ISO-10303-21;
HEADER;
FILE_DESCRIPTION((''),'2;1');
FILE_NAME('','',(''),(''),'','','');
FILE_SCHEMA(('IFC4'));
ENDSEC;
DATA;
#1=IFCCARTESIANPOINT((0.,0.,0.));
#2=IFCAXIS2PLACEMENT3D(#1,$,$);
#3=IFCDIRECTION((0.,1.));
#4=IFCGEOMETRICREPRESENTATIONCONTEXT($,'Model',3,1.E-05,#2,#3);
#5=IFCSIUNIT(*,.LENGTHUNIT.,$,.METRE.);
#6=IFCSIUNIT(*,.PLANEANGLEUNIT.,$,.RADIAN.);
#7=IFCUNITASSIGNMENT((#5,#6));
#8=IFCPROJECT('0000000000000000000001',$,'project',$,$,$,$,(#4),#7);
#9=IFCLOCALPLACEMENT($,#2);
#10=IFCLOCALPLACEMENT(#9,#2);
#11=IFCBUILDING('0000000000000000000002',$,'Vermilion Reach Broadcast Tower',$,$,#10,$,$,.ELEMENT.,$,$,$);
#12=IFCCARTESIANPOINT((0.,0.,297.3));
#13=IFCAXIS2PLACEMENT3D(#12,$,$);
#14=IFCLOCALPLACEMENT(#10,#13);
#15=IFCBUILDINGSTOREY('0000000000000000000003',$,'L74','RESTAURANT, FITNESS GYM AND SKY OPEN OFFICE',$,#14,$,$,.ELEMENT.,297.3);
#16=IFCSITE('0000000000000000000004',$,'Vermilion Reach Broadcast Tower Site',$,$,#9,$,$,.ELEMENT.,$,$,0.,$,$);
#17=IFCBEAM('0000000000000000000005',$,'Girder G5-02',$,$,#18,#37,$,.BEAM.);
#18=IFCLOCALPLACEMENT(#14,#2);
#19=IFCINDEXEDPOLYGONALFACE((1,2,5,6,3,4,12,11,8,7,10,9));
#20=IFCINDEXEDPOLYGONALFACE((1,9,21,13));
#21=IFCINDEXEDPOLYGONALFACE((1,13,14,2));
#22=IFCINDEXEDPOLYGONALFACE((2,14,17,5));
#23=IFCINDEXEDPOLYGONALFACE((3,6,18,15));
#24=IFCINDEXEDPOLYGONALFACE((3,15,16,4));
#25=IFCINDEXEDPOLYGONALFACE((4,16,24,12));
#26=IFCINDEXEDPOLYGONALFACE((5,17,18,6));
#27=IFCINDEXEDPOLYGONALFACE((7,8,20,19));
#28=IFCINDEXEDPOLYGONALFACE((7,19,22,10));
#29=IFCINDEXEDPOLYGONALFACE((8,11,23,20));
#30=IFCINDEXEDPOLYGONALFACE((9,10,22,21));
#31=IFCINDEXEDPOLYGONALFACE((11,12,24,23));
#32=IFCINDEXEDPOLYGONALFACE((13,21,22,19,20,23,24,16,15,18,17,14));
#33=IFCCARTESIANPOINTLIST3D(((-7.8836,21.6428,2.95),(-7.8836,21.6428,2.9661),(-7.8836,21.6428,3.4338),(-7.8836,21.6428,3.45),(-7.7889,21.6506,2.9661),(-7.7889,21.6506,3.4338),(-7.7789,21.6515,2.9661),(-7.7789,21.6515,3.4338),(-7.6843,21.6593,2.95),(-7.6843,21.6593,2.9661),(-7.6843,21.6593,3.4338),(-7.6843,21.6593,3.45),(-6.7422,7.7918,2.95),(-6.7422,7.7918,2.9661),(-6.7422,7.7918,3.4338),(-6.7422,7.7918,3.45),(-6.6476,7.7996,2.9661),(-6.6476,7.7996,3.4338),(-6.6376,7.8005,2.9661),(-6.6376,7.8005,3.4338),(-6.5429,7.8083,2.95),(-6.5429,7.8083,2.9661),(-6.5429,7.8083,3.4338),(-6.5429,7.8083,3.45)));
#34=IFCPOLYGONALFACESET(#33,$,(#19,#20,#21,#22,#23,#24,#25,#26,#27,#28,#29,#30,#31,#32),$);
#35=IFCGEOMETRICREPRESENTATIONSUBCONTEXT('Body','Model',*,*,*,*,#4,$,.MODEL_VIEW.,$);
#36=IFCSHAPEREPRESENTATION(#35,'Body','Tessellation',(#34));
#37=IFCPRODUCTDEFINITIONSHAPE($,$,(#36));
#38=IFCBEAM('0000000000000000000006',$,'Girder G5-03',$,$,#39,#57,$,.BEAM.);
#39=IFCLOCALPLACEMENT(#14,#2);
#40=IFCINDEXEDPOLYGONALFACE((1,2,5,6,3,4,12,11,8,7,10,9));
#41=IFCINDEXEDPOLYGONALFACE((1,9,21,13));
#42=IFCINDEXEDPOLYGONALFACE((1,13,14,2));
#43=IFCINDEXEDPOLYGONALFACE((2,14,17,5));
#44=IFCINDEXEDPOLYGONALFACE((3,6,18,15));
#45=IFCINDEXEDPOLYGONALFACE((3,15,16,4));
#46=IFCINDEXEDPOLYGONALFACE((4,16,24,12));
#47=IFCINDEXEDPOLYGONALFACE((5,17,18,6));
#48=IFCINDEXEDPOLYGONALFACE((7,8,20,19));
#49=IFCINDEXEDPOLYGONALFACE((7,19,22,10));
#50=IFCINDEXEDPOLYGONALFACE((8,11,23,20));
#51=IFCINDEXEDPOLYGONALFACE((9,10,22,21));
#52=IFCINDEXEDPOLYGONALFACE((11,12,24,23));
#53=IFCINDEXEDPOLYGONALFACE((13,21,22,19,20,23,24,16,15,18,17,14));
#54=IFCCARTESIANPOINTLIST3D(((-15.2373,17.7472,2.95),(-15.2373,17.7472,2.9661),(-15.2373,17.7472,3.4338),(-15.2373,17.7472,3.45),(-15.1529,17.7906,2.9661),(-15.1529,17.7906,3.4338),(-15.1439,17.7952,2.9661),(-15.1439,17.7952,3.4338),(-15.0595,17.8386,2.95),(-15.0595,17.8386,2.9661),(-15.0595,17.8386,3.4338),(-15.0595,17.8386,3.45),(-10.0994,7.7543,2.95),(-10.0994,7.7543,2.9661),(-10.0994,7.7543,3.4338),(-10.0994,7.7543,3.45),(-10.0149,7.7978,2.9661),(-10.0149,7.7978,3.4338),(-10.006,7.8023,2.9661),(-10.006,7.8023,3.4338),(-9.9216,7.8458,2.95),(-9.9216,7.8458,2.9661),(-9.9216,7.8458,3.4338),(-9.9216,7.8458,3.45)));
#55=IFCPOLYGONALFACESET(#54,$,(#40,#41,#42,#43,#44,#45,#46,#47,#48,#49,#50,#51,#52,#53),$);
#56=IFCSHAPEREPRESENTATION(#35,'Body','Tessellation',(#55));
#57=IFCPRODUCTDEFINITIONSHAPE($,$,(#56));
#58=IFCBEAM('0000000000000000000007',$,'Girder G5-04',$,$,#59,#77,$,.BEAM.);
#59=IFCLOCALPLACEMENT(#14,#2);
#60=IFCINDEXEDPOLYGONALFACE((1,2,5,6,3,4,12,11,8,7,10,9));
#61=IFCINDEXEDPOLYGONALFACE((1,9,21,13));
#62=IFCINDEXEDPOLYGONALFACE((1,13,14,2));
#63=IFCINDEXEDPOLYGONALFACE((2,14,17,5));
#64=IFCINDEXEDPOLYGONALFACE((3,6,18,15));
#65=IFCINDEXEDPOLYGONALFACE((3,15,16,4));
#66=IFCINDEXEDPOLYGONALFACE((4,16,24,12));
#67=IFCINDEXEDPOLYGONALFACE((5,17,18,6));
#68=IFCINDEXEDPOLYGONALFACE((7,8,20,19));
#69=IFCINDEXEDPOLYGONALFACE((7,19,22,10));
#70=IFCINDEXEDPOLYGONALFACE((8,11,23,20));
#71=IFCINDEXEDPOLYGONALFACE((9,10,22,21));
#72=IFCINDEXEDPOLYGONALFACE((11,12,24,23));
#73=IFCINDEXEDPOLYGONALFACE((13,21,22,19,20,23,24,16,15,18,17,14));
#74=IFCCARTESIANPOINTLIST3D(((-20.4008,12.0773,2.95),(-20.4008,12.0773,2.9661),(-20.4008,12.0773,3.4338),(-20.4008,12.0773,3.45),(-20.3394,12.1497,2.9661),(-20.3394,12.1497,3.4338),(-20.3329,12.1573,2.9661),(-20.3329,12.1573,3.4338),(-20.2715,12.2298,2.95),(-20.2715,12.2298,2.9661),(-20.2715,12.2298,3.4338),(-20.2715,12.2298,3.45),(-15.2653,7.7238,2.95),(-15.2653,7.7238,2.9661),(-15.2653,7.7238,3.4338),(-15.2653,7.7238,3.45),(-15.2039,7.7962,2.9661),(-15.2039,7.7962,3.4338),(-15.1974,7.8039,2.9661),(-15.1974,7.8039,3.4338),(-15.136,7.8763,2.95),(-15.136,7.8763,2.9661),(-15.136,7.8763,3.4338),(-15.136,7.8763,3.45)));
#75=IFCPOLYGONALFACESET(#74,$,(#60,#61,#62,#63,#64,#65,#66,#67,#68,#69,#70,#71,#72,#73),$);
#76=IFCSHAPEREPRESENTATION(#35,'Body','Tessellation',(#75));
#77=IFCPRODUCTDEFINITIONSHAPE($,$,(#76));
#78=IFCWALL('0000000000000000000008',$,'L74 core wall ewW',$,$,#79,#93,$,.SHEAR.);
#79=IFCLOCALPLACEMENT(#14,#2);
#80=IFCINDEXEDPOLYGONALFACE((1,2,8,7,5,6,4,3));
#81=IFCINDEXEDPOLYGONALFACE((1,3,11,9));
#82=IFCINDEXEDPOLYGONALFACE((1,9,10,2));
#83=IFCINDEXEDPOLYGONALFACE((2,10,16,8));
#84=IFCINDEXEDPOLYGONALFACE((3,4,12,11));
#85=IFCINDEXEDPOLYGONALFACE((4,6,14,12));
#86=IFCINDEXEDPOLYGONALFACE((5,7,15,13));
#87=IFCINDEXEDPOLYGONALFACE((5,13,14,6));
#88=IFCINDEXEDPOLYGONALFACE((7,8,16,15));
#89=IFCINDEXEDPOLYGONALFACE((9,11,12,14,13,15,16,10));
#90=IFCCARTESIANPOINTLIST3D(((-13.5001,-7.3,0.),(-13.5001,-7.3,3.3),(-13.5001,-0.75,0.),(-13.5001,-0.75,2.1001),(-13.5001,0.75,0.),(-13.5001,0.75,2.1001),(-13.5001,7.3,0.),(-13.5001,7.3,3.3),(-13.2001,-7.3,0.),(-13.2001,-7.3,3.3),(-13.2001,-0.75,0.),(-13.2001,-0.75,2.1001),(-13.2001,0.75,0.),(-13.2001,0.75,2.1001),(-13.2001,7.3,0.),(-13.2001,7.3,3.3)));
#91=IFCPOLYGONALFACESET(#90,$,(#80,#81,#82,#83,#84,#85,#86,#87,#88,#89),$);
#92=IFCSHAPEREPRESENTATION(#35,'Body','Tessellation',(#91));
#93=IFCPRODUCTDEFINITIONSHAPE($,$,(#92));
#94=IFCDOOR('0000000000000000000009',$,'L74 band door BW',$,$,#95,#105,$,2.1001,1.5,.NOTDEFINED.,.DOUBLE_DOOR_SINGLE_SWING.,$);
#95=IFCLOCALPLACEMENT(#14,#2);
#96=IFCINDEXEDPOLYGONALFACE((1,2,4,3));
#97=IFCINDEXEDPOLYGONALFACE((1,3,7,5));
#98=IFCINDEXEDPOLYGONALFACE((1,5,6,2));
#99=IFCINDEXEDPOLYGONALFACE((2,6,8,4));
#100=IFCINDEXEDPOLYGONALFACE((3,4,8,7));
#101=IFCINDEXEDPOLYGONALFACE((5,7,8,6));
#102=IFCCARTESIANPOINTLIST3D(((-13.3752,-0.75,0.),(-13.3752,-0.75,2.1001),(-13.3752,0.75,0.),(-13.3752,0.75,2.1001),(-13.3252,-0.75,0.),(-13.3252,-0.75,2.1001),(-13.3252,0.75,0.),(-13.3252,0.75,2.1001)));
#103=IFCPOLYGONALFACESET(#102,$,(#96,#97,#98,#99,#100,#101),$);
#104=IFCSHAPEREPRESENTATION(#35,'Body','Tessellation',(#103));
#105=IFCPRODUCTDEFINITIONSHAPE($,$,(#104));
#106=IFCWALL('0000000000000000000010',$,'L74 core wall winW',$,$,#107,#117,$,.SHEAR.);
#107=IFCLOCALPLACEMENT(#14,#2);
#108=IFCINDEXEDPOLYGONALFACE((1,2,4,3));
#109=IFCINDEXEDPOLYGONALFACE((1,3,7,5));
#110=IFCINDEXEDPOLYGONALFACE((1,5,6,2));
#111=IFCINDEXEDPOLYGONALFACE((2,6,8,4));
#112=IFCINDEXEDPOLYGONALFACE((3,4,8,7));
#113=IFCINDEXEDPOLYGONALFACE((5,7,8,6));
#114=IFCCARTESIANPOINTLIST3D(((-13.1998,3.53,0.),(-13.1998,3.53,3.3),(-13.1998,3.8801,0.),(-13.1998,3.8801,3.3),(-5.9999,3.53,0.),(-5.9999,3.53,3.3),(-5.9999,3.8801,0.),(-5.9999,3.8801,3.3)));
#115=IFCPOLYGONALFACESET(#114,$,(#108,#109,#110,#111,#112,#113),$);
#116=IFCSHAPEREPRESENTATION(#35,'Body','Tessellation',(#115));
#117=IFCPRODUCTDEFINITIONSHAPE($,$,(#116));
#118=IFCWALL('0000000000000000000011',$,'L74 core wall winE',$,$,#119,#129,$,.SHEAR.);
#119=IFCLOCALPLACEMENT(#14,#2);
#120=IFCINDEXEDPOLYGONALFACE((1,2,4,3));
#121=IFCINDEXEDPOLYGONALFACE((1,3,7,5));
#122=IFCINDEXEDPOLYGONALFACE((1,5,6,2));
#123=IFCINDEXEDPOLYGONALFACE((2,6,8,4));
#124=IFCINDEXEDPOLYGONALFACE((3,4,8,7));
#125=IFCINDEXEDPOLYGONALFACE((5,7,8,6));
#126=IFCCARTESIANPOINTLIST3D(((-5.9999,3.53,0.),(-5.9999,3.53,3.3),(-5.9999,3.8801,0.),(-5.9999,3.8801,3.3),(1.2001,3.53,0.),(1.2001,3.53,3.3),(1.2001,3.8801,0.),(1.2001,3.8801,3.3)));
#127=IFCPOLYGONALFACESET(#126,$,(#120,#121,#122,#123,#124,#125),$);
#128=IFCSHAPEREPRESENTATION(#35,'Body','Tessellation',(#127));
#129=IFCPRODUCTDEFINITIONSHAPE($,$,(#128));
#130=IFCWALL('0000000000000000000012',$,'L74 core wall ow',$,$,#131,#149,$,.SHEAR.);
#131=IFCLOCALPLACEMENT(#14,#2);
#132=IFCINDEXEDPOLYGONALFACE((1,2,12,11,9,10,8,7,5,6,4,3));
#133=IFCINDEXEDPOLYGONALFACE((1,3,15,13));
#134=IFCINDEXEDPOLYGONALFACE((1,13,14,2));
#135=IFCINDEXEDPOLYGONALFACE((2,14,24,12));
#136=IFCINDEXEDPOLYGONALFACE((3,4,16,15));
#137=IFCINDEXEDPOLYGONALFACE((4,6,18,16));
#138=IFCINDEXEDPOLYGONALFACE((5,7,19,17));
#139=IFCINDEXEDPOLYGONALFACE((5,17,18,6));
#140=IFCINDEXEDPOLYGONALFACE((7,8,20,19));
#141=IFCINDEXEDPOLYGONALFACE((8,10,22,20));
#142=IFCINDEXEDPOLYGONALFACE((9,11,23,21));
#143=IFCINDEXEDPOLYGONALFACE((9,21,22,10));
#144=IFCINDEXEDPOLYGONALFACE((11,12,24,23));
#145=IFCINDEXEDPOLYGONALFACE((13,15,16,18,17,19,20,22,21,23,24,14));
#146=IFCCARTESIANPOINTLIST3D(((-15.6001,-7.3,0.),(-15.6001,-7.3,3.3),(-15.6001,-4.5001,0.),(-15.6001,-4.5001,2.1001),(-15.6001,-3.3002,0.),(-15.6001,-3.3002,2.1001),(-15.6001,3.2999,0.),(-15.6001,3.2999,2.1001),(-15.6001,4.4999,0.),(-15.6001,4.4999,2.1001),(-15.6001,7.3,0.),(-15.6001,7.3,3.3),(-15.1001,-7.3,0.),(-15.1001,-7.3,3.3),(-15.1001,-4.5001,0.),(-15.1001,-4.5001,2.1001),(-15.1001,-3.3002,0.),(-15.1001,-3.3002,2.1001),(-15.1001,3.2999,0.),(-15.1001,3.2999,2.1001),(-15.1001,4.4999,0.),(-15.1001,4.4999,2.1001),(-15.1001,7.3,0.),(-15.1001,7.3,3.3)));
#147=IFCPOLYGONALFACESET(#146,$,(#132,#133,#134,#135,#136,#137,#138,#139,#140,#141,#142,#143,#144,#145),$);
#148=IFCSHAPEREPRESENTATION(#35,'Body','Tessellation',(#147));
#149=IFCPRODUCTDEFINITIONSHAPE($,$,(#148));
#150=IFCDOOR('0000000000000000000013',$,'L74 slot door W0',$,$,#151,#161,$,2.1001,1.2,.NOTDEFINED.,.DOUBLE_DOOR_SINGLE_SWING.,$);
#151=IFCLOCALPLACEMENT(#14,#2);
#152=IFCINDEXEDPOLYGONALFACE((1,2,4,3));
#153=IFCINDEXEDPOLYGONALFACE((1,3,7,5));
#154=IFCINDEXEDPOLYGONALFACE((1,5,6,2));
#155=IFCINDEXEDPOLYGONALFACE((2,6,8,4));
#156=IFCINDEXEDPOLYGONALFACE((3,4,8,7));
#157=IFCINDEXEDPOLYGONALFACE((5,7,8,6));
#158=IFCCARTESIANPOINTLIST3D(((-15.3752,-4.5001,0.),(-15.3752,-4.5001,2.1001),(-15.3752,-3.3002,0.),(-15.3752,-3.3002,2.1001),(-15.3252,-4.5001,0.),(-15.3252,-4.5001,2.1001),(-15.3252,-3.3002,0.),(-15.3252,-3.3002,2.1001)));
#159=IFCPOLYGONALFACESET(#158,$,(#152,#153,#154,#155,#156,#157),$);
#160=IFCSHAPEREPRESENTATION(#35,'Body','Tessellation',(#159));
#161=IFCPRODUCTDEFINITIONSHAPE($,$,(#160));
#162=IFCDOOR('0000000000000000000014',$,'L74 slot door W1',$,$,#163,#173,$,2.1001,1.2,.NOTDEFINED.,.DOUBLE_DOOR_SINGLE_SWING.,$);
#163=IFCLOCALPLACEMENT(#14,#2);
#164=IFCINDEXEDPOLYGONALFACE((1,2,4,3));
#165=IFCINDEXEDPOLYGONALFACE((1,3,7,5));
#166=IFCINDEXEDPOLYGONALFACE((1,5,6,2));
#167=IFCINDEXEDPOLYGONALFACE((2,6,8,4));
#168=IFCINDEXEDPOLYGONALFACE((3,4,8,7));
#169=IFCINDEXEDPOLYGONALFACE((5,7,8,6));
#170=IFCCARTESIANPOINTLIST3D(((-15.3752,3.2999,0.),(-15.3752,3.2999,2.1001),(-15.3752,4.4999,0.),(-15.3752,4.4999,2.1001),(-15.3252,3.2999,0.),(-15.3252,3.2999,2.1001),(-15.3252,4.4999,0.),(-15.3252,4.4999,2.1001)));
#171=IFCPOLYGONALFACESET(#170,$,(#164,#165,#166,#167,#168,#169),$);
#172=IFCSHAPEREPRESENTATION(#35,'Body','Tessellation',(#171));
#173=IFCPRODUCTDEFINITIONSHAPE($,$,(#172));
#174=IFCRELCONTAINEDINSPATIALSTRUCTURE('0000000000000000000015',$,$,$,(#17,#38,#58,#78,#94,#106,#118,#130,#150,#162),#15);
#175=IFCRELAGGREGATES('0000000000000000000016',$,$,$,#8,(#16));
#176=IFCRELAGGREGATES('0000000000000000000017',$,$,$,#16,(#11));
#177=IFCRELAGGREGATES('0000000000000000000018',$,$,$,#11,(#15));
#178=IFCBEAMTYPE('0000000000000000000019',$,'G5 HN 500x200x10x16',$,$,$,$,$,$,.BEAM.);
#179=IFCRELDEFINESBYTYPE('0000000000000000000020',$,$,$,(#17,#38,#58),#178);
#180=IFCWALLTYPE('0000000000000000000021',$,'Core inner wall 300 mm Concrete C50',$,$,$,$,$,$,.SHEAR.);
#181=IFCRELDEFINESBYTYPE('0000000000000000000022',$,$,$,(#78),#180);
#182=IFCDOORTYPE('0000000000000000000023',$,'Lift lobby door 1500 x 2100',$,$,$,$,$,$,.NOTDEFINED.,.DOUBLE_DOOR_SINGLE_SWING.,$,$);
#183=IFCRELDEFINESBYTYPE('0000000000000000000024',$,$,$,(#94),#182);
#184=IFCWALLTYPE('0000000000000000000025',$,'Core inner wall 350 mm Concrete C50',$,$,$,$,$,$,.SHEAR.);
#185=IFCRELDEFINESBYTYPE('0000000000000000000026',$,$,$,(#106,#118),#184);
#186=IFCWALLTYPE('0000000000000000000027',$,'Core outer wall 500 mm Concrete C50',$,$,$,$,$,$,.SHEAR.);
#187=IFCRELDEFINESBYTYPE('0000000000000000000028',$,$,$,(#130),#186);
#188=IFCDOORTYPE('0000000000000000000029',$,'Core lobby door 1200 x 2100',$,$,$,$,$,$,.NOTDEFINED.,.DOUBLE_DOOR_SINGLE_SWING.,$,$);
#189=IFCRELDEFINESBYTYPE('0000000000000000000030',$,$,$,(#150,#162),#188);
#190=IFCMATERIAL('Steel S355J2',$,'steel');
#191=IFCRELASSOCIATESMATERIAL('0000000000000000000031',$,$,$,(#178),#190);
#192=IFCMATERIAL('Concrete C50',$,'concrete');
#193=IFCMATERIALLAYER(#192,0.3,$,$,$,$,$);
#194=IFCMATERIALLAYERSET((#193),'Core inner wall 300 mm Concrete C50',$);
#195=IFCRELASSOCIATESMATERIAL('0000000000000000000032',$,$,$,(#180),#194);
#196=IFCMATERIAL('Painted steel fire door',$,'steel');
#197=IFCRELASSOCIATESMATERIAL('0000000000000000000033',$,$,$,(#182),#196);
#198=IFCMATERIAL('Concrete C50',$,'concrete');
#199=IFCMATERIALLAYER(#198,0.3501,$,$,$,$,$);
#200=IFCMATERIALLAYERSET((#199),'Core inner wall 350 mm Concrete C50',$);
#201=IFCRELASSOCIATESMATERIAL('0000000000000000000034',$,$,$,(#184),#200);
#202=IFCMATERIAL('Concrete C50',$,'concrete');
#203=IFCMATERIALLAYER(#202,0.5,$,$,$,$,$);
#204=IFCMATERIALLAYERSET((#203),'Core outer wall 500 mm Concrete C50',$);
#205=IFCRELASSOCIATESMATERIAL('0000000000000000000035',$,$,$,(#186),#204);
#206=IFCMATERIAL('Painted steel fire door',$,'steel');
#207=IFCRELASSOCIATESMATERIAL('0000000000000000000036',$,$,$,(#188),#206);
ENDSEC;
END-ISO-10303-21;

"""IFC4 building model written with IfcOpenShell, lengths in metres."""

from ifc_helpers import new_model, si_unit, direction, frame, frame_2d, origin, origin_2d, place, context, subcontext, project, spatial, rectangle, i_section, extrude, material, layer, layer_set, material_profile, profile_set, type_object, element, fill, save


model = new_model("IFC4")

# Units and contexts
model_context = context("Model", 3, precision=1e-05, world=origin(), true_north=direction((0.0, 1.0)))
body_context = subcontext(model_context, "Body", "Model", "MODEL_VIEW")
ifc_project = project(units=[si_unit("LENGTHUNIT", "METRE"), si_unit("PLANEANGLEUNIT", "RADIAN")], contexts=[model_context])

# Site, building, storey
site_placement = place(None, origin())
site = spatial("IfcSite", under=ifc_project, at=site_placement, Name="Vermilion Reach Broadcast Tower Site", CompositionType="ELEMENT", RefElevation=0.0)
building_placement = place(site_placement, origin())
building = spatial("IfcBuilding", under=site, at=building_placement, Name="Vermilion Reach Broadcast Tower", CompositionType="ELEMENT")
storey_placement = place(building_placement, frame((0.0, 0.0, 297.3)))
storey = spatial("IfcBuildingStorey", under=building, at=storey_placement, Name="L74", Description="RESTAURANT, FITNESS GYM AND SKY OPEN OFFICE", CompositionType="ELEMENT", Elevation=297.3)

# Beams
ifc_material_1 = material(Name="Steel S355J2", Category="steel")
ifc_material_profile = material_profile(ifc_material_1, i_section(OverallWidth=0.2, OverallDepth=0.5, WebThickness=0.01, FlangeThickness=0.0161, at=origin_2d()), Name="S355J2 HN 500x200x10x16")
ifc_profile_set = profile_set([ifc_material_profile], Name="Steel S355J2")
beam_type = type_object("IfcBeamType", Name="G5 HN 500x200x10x16", PredefinedType="BEAM", material=ifc_profile_set)
beam_1_placement = place(storey_placement, frame((-6.6426, 7.8, 3.2), z_axis=(-0.082124, 0.996622, 0.0), x_axis=(-0.996622, -0.082124, 0.0)))
element("IfcBeam", 1, at=beam_1_placement, inside=storey, type_object=beam_type, Name="Girder G5-02", PredefinedType="BEAM", context=body_context, shape_type="SweptSolid", body=[
    extrude(i_section(OverallWidth=0.2, OverallDepth=0.5, WebThickness=0.01, FlangeThickness=0.0161, at=origin_2d()), origin(), (0.0, 0.0, 1.0), 13.8979),
])
beam_2_placement = place(storey_placement, frame((-10.0105, 7.8, 3.2), z_axis=(-0.457258, 0.889334, 0.0), x_axis=(-0.889334, -0.457258, 0.0)))
element("IfcBeam", 2, at=beam_2_placement, inside=storey, type_object=beam_type, Name="Girder G5-03", PredefinedType="BEAM", context=body_context, shape_type="SweptSolid", body=[
    extrude(i_section(OverallWidth=0.2, OverallDepth=0.5, WebThickness=0.01, FlangeThickness=0.0161, at=origin_2d()), origin(), (0.0, 0.0, 1.0), 11.2363),
])
beam_3_placement = place(storey_placement, frame((-15.2007, 7.8, 3.2), z_axis=(-0.762793, 0.646643, 0.0), x_axis=(-0.646643, -0.762793, 0.0)))
element("IfcBeam", 3, at=beam_3_placement, inside=storey, type_object=beam_type, Name="Girder G5-04", PredefinedType="BEAM", context=body_context, shape_type="SweptSolid", body=[
    extrude(i_section(OverallWidth=0.2, OverallDepth=0.5, WebThickness=0.01, FlangeThickness=0.0161, at=origin_2d()), origin(), (0.0, 0.0, 1.0), 6.7324),
])

# Wall, opening, door
ifc_material_2 = material(Name="Concrete C50", Category="concrete")
ifc_layer_1 = layer(ifc_material_2, 0.3)
ifc_layer_set_1 = layer_set([ifc_layer_1], Name="Core inner wall 300 mm Concrete C50")
wall_type_1 = type_object("IfcWallType", Name="Core inner wall 300 mm Concrete C50", PredefinedType="SHEAR", material=ifc_layer_set_1)
wall_1_placement = place(storey_placement, frame((-13.3501, 7.3, 0.0), z_axis=(0.0, 0.0, 1.0), x_axis=(0.0, -1.0, 0.0)))
wall_1 = element("IfcWall", 4, at=wall_1_placement, inside=storey, type_object=wall_type_1, Name="L74 core wall ewW", PredefinedType="SHEAR", context=body_context, shape_type="SweptSolid", body=[
    extrude(rectangle(XDim=14.6001, YDim=0.3, at=frame_2d((7.3, 0.0))), origin(), (0.0, 0.0, 1.0), 3.3),
])
opening_1_placement = place(wall_1_placement, frame((6.55, 0.0, 0.0)))
opening_1 = element("IfcOpeningElement", 5, at=opening_1_placement, cuts=wall_1, PredefinedType="OPENING", context=body_context, shape_type="SweptSolid", body=[
    extrude(rectangle(XDim=1.5, YDim=2.1001, at=frame_2d((0.75, 1.05))), frame((0.0, 0.1599, 0.0), z_axis=(0.0, -1.0, 0.0), x_axis=(1.0, 0.0, 0.0)), (0.0, 0.0, 1.0), 0.3201),
])
ifc_material_3 = material(Name="Painted steel fire door", Category="steel")
door_type_1 = type_object("IfcDoorType", Name="Lift lobby door 1500 x 2100", OperationType="DOUBLE_DOOR_SINGLE_SWING", PredefinedType="NOTDEFINED", material=ifc_material_3)
door_1_placement = place(opening_1_placement, origin())
door_1 = element("IfcDoor", 6, at=door_1_placement, inside=storey, type_object=door_type_1, Name="L74 band door BW", OperationType="DOUBLE_DOOR_SINGLE_SWING", OverallHeight=2.1001, OverallWidth=1.5, PredefinedType="NOTDEFINED", context=body_context, shape_type="SweptSolid", body=[
    extrude(rectangle(XDim=1.5, YDim=2.1001, at=frame_2d((0.75, 1.05))), frame((0.0, 0.0249, 0.0), z_axis=(0.0, -1.0, 0.0), x_axis=(1.0, 0.0, 0.0)), (0.0, 0.0, 1.0), 0.05),
])
fill(opening_1, door_1)

# Walls
ifc_material_4 = material(Name="Concrete C50", Category="concrete")
ifc_layer_2 = layer(ifc_material_4, 0.3501)
ifc_layer_set_2 = layer_set([ifc_layer_2], Name="Core inner wall 350 mm Concrete C50")
wall_type_2 = type_object("IfcWallType", Name="Core inner wall 350 mm Concrete C50", PredefinedType="SHEAR", material=ifc_layer_set_2)
for number, where, z_axis, x_axis, name in (
    (7, (-13.2, 3.7051, 0.0), (0.0, 0.0, 1.0), (1.0, 0.0, 0.0), "L74 core wall winW"),
    (8, (-6.0, 3.7051, 0.0), (0.0, 0.0, 1.0), (1.0, 0.0, 0.0), "L74 core wall winE"),
):
    element("IfcWall", number, at=place(storey_placement, frame(where, z_axis=z_axis, x_axis=x_axis)), inside=storey, type_object=wall_type_2, Name=name, PredefinedType="SHEAR", context=body_context, shape_type="SweptSolid", body=[
        extrude(rectangle(XDim=7.2, YDim=0.3501, at=frame_2d((3.6001, 0.0))), origin(), (0.0, 0.0, 1.0), 3.3),
    ])

# Wall, openings, doors
ifc_material_5 = material(Name="Concrete C50", Category="concrete")
ifc_layer_3 = layer(ifc_material_5, 0.5)
ifc_layer_set_3 = layer_set([ifc_layer_3], Name="Core outer wall 500 mm Concrete C50")
wall_type_3 = type_object("IfcWallType", Name="Core outer wall 500 mm Concrete C50", PredefinedType="SHEAR", material=ifc_layer_set_3)
wall_2_placement = place(storey_placement, frame((-15.3501, 7.3, 0.0), z_axis=(0.0, 0.0, 1.0), x_axis=(0.0, -1.0, 0.0)))
wall_2 = element("IfcWall", 9, at=wall_2_placement, inside=storey, type_object=wall_type_3, Name="L74 core wall ow", PredefinedType="SHEAR", context=body_context, shape_type="SweptSolid", body=[
    extrude(rectangle(XDim=14.6001, YDim=0.5, at=frame_2d((7.3, 0.0))), origin(), (0.0, 0.0, 1.0), 3.3),
])
opening_2_placement = place(wall_2_placement, frame((10.6001, 0.0, 0.0)))
opening_2 = element("IfcOpeningElement", 10, at=opening_2_placement, cuts=wall_2, PredefinedType="OPENING", context=body_context, shape_type="SweptSolid", body=[
    extrude(rectangle(XDim=1.2, YDim=2.1001, at=frame_2d((0.6001, 1.05))), frame((0.0, 0.26, 0.0), z_axis=(0.0, -1.0, 0.0), x_axis=(1.0, 0.0, 0.0)), (0.0, 0.0, 1.0), 0.52),
])
opening_3_placement = place(wall_2_placement, frame((2.8, 0.0, 0.0)))
opening_3 = element("IfcOpeningElement", 11, at=opening_3_placement, cuts=wall_2, PredefinedType="OPENING", context=body_context, shape_type="SweptSolid", body=[
    extrude(rectangle(XDim=1.2, YDim=2.1001, at=frame_2d((0.6001, 1.05))), frame((0.0, 0.26, 0.0), z_axis=(0.0, -1.0, 0.0), x_axis=(1.0, 0.0, 0.0)), (0.0, 0.0, 1.0), 0.52),
])
ifc_material_6 = material(Name="Painted steel fire door", Category="steel")
door_type_2 = type_object("IfcDoorType", Name="Core lobby door 1200 x 2100", OperationType="DOUBLE_DOOR_SINGLE_SWING", PredefinedType="NOTDEFINED", material=ifc_material_6)
door_2_placement = place(opening_2_placement, origin())
door_2 = element("IfcDoor", 12, at=door_2_placement, inside=storey, type_object=door_type_2, Name="L74 slot door W0", OperationType="DOUBLE_DOOR_SINGLE_SWING", OverallHeight=2.1001, OverallWidth=1.2, PredefinedType="NOTDEFINED", context=body_context, shape_type="SweptSolid", body=[
    extrude(rectangle(XDim=1.2, YDim=2.1001, at=frame_2d((0.6001, 1.05))), frame((0.0, 0.0249, 0.0), z_axis=(0.0, -1.0, 0.0), x_axis=(1.0, 0.0, 0.0)), (0.0, 0.0, 1.0), 0.05),
])
fill(opening_2, door_2)
door_3_placement = place(opening_3_placement, origin())
door_3 = element("IfcDoor", 13, at=door_3_placement, inside=storey, type_object=door_type_2, Name="L74 slot door W1", OperationType="DOUBLE_DOOR_SINGLE_SWING", OverallHeight=2.1001, OverallWidth=1.2, PredefinedType="NOTDEFINED", context=body_context, shape_type="SweptSolid", body=[
    extrude(rectangle(XDim=1.2, YDim=2.1001, at=frame_2d((0.6001, 1.05))), frame((0.0, 0.0249, 0.0), z_axis=(0.0, -1.0, 0.0), x_axis=(1.0, 0.0, 0.0)), (0.0, 0.0, 1.0), 0.05),
])
fill(opening_3, door_3)

save(model, "model.ifc")
